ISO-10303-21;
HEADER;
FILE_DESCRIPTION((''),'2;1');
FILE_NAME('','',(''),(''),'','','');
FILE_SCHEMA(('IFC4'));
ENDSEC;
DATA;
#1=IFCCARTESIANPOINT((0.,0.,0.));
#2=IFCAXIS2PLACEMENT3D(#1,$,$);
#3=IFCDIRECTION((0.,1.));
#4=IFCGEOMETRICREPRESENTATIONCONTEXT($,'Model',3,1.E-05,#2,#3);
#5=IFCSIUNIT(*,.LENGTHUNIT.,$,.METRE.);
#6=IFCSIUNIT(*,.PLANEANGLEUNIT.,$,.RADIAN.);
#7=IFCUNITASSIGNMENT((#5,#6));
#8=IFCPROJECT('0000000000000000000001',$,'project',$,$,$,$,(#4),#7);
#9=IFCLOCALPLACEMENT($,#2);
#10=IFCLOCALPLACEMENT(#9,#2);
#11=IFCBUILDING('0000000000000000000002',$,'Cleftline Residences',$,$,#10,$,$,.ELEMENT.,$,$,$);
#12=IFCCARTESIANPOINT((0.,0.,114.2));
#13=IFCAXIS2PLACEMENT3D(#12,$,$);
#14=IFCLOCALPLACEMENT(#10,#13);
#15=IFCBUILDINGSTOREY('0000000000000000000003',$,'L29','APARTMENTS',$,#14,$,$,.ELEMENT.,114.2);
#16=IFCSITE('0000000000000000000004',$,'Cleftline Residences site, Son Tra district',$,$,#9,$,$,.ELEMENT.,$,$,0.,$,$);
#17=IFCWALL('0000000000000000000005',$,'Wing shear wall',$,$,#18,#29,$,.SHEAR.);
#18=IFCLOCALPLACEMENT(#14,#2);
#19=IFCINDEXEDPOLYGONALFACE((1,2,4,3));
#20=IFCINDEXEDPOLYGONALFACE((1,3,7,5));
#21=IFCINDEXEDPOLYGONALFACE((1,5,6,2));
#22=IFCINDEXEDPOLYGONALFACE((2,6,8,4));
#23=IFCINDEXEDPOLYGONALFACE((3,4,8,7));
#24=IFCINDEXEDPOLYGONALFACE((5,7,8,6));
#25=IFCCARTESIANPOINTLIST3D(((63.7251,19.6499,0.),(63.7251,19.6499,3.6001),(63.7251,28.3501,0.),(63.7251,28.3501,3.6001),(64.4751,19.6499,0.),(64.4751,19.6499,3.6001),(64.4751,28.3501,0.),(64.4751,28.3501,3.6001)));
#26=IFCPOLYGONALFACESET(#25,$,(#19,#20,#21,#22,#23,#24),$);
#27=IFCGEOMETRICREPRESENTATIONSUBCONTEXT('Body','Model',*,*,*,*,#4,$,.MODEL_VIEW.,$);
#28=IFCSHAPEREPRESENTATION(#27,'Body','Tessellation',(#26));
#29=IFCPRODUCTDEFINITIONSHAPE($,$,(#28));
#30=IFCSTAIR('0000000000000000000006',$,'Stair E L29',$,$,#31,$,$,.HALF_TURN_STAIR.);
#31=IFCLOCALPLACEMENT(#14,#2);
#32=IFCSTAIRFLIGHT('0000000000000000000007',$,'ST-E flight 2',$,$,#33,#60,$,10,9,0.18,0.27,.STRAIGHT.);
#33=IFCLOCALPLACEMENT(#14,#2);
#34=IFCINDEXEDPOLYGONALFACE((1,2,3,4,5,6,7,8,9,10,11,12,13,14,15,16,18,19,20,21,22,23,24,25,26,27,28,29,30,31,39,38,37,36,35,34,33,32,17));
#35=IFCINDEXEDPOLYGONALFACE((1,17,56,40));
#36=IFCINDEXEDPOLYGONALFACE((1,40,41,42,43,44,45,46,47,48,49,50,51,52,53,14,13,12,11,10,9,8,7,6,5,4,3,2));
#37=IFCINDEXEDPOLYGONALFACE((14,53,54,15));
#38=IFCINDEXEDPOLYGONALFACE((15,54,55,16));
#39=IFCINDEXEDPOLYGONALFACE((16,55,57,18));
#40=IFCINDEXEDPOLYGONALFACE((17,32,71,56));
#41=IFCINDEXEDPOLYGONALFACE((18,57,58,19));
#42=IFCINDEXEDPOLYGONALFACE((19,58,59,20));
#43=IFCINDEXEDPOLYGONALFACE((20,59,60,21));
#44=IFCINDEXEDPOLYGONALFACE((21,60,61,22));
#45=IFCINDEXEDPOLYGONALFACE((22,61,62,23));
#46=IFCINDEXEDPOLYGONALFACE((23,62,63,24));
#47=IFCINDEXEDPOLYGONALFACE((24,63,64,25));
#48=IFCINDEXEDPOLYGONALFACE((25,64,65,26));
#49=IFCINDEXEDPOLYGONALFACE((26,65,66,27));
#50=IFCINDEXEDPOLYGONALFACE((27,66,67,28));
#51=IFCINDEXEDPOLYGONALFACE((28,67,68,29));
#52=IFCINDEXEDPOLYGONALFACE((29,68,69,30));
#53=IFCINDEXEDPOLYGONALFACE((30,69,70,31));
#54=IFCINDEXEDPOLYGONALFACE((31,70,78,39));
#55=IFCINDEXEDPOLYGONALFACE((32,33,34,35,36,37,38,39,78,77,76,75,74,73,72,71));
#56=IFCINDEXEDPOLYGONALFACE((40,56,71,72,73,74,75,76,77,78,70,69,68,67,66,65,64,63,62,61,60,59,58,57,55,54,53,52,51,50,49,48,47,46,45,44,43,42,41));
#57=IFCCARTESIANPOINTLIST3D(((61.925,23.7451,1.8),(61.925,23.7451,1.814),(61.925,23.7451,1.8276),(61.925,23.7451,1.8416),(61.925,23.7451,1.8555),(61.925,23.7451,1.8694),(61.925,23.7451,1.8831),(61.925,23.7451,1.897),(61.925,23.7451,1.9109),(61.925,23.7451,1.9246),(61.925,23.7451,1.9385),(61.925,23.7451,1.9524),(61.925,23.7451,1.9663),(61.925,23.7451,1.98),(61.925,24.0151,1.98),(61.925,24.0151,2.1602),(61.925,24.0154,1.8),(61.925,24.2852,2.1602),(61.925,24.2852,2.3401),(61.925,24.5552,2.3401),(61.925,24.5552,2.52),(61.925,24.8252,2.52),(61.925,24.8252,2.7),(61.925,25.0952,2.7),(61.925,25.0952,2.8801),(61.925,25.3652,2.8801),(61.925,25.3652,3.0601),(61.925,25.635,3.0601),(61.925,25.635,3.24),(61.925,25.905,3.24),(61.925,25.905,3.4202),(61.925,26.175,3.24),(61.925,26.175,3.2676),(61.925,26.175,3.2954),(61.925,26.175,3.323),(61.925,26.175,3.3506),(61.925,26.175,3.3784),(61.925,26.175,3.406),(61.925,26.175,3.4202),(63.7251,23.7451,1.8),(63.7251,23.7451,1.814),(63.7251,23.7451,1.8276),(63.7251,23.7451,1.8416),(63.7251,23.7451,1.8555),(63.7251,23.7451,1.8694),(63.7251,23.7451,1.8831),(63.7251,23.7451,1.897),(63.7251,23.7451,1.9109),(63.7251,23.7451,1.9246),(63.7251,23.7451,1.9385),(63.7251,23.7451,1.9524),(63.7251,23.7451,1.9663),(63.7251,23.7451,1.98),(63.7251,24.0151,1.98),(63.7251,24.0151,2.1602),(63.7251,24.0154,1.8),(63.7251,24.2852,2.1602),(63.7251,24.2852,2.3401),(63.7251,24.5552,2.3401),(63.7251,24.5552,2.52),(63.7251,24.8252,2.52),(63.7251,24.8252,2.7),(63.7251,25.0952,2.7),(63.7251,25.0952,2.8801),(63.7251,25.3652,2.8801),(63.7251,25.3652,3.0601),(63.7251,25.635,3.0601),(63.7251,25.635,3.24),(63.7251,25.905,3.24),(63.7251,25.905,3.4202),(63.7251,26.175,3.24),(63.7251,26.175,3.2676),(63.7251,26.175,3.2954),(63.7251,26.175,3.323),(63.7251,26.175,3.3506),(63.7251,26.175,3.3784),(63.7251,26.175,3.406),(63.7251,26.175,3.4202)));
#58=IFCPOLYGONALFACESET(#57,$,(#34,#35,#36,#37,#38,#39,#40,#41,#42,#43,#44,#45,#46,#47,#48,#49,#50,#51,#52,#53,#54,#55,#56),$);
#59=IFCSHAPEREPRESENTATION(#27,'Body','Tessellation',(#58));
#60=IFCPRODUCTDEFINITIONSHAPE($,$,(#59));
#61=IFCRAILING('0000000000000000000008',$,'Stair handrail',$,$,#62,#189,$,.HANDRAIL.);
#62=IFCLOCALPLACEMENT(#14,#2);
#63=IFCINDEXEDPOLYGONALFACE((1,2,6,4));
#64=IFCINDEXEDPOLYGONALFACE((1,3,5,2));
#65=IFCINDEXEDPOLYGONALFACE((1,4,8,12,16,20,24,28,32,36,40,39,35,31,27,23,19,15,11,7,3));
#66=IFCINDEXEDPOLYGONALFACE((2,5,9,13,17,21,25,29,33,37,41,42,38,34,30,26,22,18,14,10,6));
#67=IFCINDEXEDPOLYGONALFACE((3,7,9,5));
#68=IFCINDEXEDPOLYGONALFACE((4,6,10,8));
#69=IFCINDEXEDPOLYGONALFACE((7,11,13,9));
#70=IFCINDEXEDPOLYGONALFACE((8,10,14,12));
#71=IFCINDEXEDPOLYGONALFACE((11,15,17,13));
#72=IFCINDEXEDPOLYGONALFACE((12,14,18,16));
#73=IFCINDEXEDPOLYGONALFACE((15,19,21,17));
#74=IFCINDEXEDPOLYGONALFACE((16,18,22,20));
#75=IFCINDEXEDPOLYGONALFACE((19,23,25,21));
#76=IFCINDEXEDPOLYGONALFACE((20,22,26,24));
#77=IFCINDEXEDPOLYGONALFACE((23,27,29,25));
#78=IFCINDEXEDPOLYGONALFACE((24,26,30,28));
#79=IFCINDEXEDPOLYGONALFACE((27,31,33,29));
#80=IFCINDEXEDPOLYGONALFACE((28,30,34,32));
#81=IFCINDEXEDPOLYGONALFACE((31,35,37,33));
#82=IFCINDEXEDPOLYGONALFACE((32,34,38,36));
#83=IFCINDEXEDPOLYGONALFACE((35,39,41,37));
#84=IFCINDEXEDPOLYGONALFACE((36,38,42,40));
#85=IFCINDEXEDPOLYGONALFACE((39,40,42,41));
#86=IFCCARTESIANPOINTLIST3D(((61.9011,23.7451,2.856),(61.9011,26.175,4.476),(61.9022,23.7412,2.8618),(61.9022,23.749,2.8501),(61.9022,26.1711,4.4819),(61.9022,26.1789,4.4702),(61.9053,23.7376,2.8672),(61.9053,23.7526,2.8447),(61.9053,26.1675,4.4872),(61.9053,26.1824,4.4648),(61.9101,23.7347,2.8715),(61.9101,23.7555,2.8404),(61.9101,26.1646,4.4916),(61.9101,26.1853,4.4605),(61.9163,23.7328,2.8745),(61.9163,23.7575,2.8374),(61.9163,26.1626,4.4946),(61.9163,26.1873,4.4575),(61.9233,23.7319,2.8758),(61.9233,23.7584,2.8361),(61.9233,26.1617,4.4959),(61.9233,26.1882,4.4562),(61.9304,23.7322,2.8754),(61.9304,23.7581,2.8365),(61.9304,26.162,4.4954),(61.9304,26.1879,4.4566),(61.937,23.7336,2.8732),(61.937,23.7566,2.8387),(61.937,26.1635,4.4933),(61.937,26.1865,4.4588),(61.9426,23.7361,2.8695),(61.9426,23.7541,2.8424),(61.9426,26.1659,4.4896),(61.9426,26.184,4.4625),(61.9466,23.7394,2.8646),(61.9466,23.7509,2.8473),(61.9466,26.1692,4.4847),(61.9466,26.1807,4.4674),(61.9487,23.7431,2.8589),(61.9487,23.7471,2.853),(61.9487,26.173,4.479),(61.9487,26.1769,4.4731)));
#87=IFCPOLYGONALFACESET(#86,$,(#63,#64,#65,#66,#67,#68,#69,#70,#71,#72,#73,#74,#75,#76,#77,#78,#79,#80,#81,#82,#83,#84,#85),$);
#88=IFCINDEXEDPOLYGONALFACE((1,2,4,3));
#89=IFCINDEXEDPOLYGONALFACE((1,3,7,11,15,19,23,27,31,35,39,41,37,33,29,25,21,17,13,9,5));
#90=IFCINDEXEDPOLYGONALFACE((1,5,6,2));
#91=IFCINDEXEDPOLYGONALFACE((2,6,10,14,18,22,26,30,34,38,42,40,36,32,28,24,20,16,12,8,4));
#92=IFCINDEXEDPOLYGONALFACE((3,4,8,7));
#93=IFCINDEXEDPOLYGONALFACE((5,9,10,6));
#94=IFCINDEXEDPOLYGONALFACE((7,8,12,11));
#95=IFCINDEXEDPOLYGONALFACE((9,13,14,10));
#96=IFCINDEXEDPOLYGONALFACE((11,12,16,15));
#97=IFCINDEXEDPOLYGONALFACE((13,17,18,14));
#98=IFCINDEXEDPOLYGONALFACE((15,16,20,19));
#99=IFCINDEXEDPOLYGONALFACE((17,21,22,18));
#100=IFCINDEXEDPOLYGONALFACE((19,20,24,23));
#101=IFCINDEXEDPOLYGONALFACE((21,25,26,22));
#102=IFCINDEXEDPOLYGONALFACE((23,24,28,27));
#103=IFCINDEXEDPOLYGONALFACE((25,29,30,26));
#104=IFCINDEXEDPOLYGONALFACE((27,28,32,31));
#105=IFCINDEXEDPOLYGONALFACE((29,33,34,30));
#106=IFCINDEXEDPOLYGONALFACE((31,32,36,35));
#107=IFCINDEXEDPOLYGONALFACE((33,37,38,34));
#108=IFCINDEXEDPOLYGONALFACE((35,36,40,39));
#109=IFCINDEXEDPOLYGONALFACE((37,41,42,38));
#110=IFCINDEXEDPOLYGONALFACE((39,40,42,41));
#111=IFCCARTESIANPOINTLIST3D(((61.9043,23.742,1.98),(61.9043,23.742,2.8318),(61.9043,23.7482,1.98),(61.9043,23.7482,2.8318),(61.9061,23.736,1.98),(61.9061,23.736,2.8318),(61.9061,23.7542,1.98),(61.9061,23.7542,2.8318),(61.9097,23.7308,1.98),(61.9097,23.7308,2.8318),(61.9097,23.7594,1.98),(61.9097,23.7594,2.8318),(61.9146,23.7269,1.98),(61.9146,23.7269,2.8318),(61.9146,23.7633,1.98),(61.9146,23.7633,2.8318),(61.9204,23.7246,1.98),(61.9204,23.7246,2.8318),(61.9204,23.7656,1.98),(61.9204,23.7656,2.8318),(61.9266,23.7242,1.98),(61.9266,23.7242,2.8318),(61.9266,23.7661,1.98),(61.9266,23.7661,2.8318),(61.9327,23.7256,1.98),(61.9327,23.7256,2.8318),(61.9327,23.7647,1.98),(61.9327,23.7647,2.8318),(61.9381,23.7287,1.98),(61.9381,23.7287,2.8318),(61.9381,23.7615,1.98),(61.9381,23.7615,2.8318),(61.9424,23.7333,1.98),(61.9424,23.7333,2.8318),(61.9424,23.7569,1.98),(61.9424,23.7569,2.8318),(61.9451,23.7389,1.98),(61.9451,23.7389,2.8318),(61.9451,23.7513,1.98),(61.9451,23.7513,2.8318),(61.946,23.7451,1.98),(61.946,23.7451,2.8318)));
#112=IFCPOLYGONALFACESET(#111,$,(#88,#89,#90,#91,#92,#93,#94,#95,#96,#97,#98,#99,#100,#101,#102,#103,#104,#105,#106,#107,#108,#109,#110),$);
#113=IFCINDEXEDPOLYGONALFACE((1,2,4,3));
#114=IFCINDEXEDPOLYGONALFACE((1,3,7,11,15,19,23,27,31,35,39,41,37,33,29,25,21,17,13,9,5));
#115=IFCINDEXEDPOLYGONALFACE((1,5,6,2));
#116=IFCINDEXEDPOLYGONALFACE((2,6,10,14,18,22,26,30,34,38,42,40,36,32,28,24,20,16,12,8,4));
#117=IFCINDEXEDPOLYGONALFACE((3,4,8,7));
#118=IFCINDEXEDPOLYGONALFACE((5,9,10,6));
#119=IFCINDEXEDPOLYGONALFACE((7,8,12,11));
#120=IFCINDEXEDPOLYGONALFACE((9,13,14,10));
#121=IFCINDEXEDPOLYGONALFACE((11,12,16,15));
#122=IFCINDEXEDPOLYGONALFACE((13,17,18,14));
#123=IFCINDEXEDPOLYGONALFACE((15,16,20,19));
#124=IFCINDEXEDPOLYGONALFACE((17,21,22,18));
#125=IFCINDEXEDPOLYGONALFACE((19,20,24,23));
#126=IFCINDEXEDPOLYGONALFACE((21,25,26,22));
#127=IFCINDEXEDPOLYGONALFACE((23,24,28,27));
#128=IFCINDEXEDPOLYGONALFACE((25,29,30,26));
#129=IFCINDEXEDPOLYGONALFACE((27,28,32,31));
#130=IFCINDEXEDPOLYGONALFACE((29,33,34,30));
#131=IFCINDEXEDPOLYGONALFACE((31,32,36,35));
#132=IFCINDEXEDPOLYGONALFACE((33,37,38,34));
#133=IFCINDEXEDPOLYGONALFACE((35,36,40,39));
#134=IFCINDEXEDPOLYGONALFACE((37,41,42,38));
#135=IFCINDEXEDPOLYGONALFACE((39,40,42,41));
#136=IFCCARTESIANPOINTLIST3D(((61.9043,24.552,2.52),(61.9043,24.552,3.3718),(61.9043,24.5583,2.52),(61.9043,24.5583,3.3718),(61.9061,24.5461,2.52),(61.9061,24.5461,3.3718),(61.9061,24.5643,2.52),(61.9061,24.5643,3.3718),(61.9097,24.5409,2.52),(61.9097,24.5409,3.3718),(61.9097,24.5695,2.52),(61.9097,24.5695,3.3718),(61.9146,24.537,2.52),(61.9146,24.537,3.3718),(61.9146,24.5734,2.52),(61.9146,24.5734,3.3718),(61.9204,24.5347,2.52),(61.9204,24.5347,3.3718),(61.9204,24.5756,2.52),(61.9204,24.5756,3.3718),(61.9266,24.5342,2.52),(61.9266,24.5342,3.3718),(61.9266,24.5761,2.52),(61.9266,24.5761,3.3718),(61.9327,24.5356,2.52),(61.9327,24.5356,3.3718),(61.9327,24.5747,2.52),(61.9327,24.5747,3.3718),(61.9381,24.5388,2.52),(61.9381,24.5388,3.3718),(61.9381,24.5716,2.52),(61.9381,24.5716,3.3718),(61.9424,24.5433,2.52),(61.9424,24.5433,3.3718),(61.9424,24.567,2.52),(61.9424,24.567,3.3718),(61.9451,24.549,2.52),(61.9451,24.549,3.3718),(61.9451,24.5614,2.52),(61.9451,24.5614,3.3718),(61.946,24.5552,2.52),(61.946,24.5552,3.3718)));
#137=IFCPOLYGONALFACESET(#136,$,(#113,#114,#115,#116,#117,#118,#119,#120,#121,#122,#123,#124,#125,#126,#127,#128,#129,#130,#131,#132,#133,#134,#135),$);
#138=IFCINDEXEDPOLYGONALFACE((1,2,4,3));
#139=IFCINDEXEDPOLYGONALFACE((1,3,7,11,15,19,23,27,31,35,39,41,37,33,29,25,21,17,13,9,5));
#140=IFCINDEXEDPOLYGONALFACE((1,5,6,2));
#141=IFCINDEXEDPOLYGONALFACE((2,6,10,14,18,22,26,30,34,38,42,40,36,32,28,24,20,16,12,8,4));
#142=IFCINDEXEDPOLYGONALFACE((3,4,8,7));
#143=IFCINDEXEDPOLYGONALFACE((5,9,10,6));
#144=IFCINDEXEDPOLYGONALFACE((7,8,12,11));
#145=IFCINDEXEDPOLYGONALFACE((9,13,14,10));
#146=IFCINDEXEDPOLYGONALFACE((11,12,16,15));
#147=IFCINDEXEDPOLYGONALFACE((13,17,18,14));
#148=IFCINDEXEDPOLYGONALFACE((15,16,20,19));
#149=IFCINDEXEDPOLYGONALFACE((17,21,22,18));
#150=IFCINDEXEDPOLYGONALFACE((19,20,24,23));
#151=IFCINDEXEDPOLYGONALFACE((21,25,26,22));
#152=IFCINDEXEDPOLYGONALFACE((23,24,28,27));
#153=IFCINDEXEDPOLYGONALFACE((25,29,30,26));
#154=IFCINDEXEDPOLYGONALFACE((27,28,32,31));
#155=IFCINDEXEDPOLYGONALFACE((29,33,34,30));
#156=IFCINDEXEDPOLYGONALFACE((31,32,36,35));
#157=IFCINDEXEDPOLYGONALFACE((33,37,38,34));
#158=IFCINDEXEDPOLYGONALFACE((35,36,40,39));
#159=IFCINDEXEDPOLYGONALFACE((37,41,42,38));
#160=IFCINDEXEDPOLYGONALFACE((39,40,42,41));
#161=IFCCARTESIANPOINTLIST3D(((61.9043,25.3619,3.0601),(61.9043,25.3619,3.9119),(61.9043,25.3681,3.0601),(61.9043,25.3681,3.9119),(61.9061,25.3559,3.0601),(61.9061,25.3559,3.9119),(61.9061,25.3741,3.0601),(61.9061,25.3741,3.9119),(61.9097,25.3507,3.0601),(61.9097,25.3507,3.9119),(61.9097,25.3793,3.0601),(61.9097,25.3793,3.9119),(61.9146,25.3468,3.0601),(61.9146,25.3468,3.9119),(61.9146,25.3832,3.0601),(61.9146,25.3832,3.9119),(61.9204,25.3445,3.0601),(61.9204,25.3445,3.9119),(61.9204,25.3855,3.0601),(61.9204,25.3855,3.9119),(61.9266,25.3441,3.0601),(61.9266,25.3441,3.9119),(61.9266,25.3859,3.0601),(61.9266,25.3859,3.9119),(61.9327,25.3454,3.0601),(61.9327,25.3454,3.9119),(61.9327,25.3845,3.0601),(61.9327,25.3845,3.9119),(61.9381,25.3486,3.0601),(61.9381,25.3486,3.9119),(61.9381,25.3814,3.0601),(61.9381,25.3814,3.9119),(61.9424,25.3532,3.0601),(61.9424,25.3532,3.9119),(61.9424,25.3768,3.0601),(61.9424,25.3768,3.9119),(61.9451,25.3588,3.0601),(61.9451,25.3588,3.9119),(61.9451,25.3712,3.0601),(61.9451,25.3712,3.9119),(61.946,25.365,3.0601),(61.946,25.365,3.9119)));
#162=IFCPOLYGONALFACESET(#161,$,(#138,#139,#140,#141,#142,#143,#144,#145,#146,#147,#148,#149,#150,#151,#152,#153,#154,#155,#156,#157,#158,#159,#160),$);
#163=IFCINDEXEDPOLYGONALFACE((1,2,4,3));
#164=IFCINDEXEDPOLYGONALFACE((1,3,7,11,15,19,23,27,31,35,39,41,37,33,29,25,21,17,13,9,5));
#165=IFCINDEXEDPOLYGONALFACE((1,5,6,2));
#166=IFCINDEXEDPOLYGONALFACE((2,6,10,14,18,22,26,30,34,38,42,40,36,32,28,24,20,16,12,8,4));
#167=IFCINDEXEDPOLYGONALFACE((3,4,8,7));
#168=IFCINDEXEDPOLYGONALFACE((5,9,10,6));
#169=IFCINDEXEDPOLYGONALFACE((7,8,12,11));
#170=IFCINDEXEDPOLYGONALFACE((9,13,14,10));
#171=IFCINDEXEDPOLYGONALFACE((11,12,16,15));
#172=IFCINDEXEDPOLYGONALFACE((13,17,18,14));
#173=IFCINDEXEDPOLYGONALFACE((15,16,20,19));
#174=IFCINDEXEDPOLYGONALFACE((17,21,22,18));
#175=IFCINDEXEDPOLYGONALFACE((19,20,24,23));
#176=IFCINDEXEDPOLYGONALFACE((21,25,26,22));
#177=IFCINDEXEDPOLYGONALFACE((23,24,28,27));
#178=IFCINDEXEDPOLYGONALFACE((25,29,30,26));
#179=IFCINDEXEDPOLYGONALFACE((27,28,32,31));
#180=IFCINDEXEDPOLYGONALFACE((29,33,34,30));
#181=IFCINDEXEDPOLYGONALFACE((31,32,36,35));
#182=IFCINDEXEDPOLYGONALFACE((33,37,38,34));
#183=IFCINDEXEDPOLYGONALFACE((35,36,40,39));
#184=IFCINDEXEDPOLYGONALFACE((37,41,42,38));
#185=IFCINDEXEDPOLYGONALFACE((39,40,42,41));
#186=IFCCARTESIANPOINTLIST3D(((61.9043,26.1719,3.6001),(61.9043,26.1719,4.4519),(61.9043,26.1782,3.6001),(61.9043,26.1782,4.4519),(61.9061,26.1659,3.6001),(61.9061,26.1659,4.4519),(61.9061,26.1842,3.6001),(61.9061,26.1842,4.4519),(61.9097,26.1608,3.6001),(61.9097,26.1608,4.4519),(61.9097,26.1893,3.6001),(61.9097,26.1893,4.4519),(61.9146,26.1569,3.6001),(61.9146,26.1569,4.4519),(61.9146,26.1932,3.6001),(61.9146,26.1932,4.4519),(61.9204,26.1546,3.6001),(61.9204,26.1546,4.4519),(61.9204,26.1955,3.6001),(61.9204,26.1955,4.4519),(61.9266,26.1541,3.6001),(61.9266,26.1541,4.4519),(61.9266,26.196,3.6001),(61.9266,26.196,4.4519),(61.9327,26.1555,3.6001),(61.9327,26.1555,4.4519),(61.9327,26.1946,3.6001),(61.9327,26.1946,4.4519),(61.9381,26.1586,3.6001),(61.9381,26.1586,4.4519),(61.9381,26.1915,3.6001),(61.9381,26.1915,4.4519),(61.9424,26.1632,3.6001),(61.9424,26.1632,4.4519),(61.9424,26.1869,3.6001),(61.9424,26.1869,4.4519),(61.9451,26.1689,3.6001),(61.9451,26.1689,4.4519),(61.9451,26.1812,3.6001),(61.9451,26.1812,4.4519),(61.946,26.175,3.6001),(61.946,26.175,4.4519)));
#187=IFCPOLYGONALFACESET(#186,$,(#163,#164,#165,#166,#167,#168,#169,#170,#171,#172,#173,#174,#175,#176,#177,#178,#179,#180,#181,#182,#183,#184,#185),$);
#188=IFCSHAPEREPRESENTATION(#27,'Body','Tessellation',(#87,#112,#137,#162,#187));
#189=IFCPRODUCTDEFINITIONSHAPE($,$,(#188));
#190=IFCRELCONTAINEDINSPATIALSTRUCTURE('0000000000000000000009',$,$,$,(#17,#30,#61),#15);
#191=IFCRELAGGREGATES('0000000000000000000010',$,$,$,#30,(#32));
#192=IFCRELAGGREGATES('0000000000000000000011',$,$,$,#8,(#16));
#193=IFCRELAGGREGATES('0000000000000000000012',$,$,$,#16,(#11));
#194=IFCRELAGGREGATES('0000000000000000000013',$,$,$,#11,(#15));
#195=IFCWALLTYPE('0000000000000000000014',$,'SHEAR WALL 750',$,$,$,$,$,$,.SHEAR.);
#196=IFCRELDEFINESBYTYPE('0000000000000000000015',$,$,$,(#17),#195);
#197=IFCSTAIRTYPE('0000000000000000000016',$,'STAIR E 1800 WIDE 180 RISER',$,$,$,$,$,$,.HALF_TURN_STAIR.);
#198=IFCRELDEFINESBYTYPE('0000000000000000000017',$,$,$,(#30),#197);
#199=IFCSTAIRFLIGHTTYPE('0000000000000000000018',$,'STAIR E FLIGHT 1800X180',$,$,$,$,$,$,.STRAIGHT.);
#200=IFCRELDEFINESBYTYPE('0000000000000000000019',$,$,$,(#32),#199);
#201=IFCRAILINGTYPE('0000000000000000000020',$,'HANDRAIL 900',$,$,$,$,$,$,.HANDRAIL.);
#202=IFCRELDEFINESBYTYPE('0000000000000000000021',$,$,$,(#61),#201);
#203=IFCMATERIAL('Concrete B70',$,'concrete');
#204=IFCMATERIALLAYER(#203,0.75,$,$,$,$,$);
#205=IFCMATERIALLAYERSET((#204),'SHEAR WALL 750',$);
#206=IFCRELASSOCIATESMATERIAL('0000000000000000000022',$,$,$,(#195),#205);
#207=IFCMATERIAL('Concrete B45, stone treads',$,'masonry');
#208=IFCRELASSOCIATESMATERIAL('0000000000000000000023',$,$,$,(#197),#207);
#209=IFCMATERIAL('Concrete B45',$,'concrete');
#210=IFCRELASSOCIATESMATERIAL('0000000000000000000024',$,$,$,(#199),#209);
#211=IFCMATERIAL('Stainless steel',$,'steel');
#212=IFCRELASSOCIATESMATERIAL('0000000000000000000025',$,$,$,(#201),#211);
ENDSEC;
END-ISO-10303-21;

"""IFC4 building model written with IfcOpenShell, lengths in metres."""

from ifc_helpers import new_model, si_unit, direction, frame, frame_2d, origin, origin_2d, place, context, subcontext, project, spatial, polyline, rectangle, circle, outline, extrude, material, layer, layer_set, type_object, element, aggregate, save


model = new_model("IFC4")

# Units and contexts
model_context = context("Model", 3, precision=1e-05, world=origin(), true_north=direction((0.0, 1.0)))
body_context = subcontext(model_context, "Body", "Model", "MODEL_VIEW")
ifc_project = project(units=[si_unit("LENGTHUNIT", "METRE"), si_unit("PLANEANGLEUNIT", "RADIAN")], contexts=[model_context])

# Site, building, storey
site_placement = place(None, origin())
site = spatial("IfcSite", under=ifc_project, at=site_placement, Name="Cleftline Residences site, Son Tra district", CompositionType="ELEMENT", RefElevation=0.0)
building_placement = place(site_placement, origin())
building = spatial("IfcBuilding", under=site, at=building_placement, Name="Cleftline Residences", CompositionType="ELEMENT")
storey_placement = place(building_placement, frame((0.0, 0.0, 114.2)))
storey = spatial("IfcBuildingStorey", under=building, at=storey_placement, Name="L29", Description="APARTMENTS", CompositionType="ELEMENT", Elevation=114.2)

# Wall
ifc_material_1 = material(Name="Concrete B70", Category="concrete")
ifc_layer_1 = layer(ifc_material_1, 0.75)
ifc_layer_set_1 = layer_set([ifc_layer_1], Name="SHEAR WALL 750")
wall_type_1 = type_object("IfcWallType", Name="SHEAR WALL 750", PredefinedType="SHEAR", material=ifc_layer_set_1)
wall_1_placement = place(storey_placement, frame((64.1001, 19.6499, 0.0), z_axis=(0.0, 0.0, 1.0), x_axis=(0.0, 1.0, 0.0)))
element("IfcWall", 1, at=wall_1_placement, inside=storey, type_object=wall_type_1, Name="Wing shear wall", PredefinedType="SHEAR", context=body_context, shape_type="SweptSolid", body=[
    extrude(rectangle(XDim=8.7002, YDim=0.75, at=frame_2d((4.3501, 0.0))), origin(), (0.0, 0.0, 1.0), 3.6001),
])

# Stair, stair flight
ifc_material_2 = material(Name="Concrete B45, stone treads", Category="masonry")
stair_type = type_object("IfcStairType", Name="STAIR E 1800 WIDE 180 RISER", PredefinedType="HALF_TURN_STAIR", material=ifc_material_2)
stair_placement = place(storey_placement, origin())
stair = element("IfcStair", 2, at=stair_placement, inside=storey, type_object=stair_type, Name="Stair E L29", PredefinedType="HALF_TURN_STAIR")
ifc_material_3 = material(Name="Concrete B45", Category="concrete")
stair_flight_type = type_object("IfcStairFlightType", Name="STAIR E FLIGHT 1800X180", PredefinedType="STRAIGHT", material=ifc_material_3)
stair_flight_placement = place(storey_placement, frame((62.825, 23.7451, 1.8), z_axis=(0.0, 0.0, 1.0), x_axis=(0.0, 1.0, 0.0)))
stair_flight = element("IfcStairFlight", 3, at=stair_flight_placement, type_object=stair_flight_type, Name="ST-E flight 2", NumberOfRisers=10, NumberOfTreads=9, PredefinedType="STRAIGHT", RiserHeight=0.18, TreadLength=0.27, context=body_context, shape_type="SweptSolid", body=[
    extrude(outline(polyline([(0.0, 0.0), (0.0, 0.0139), (0.0, 0.0276), (0.0, 0.0415), (0.0, 0.0554), (0.0, 0.0693), (0.0, 0.083), (0.0, 0.0969), (0.0, 0.1108), (0.0, 0.1245), (0.0, 0.1384), (0.0, 0.1523), (0.0, 0.1663), (0.0, 0.1799), (0.27, 0.1799), (0.27, 0.3601), (0.54, 0.3601), (0.54, 0.54), (0.8101, 0.54), (0.8101, 0.72), (1.0801, 0.72), (1.0801, 0.8999), (1.3501, 0.8999), (1.3501, 1.0801), (1.6201, 1.0801), (1.6201, 1.26), (1.8899, 1.26), (1.8899, 1.4399), (2.1599, 1.4399), (2.1599, 1.6201), (2.4299, 1.6201), (2.4299, 1.8), (2.4299, 1.7722), (2.4299, 1.7446), (2.4299, 1.7168), (2.4299, 1.6892), (2.4299, 1.6614), (2.4299, 1.6338), (2.4299, 1.606), (2.4299, 1.5784), (2.4299, 1.5505), (2.4299, 1.5229), (2.4299, 1.4954), (2.4299, 1.4675), (2.4299, 1.4399), (0.2703, 0.0), (0.0, 0.0)])), frame((0.0, 0.8999, 0.0), z_axis=(0.0, -1.0, 0.0), x_axis=(1.0, 0.0, 0.0)), (0.0, 0.0, 1.0), 1.8),
])
aggregate(stair, [stair_flight])

# Railing
ifc_material_4 = material(Name="Stainless steel", Category="steel")
railing_type = type_object("IfcRailingType", Name="HANDRAIL 900", PredefinedType="HANDRAIL", material=ifc_material_4)
railing_placement = place(storey_placement, frame((61.925, 23.7451, 1.98)))
element("IfcRailing", 4, at=railing_placement, inside=storey, type_object=railing_type, Name="Stair handrail", PredefinedType="HANDRAIL", context=body_context, shape_type="SweptSolid", body=[
    extrude(circle(Radius=0.0239, at=origin_2d()), frame((0.0, 0.0, 0.876), z_axis=(0.0, 0.832025, 0.554739), x_axis=(-1.0, 0.0, 0.0)), (0.0, 0.0, 1.0), 2.9204),
    extrude(circle(Radius=0.021, at=origin_2d()), origin(), (0.0, 0.0, 1.0), 0.8518),
    extrude(circle(Radius=0.021, at=origin_2d()), frame((0.0, 0.8101, 0.54)), (0.0, 0.0, 1.0), 0.8518),
    extrude(circle(Radius=0.021, at=origin_2d()), frame((0.0, 1.6199, 1.0801)), (0.0, 0.0, 1.0), 0.8518),
    extrude(circle(Radius=0.021, at=origin_2d()), frame((0.0, 2.4299, 1.6201)), (0.0, 0.0, 1.0), 0.8518),
])

save(model, "model.ifc")
